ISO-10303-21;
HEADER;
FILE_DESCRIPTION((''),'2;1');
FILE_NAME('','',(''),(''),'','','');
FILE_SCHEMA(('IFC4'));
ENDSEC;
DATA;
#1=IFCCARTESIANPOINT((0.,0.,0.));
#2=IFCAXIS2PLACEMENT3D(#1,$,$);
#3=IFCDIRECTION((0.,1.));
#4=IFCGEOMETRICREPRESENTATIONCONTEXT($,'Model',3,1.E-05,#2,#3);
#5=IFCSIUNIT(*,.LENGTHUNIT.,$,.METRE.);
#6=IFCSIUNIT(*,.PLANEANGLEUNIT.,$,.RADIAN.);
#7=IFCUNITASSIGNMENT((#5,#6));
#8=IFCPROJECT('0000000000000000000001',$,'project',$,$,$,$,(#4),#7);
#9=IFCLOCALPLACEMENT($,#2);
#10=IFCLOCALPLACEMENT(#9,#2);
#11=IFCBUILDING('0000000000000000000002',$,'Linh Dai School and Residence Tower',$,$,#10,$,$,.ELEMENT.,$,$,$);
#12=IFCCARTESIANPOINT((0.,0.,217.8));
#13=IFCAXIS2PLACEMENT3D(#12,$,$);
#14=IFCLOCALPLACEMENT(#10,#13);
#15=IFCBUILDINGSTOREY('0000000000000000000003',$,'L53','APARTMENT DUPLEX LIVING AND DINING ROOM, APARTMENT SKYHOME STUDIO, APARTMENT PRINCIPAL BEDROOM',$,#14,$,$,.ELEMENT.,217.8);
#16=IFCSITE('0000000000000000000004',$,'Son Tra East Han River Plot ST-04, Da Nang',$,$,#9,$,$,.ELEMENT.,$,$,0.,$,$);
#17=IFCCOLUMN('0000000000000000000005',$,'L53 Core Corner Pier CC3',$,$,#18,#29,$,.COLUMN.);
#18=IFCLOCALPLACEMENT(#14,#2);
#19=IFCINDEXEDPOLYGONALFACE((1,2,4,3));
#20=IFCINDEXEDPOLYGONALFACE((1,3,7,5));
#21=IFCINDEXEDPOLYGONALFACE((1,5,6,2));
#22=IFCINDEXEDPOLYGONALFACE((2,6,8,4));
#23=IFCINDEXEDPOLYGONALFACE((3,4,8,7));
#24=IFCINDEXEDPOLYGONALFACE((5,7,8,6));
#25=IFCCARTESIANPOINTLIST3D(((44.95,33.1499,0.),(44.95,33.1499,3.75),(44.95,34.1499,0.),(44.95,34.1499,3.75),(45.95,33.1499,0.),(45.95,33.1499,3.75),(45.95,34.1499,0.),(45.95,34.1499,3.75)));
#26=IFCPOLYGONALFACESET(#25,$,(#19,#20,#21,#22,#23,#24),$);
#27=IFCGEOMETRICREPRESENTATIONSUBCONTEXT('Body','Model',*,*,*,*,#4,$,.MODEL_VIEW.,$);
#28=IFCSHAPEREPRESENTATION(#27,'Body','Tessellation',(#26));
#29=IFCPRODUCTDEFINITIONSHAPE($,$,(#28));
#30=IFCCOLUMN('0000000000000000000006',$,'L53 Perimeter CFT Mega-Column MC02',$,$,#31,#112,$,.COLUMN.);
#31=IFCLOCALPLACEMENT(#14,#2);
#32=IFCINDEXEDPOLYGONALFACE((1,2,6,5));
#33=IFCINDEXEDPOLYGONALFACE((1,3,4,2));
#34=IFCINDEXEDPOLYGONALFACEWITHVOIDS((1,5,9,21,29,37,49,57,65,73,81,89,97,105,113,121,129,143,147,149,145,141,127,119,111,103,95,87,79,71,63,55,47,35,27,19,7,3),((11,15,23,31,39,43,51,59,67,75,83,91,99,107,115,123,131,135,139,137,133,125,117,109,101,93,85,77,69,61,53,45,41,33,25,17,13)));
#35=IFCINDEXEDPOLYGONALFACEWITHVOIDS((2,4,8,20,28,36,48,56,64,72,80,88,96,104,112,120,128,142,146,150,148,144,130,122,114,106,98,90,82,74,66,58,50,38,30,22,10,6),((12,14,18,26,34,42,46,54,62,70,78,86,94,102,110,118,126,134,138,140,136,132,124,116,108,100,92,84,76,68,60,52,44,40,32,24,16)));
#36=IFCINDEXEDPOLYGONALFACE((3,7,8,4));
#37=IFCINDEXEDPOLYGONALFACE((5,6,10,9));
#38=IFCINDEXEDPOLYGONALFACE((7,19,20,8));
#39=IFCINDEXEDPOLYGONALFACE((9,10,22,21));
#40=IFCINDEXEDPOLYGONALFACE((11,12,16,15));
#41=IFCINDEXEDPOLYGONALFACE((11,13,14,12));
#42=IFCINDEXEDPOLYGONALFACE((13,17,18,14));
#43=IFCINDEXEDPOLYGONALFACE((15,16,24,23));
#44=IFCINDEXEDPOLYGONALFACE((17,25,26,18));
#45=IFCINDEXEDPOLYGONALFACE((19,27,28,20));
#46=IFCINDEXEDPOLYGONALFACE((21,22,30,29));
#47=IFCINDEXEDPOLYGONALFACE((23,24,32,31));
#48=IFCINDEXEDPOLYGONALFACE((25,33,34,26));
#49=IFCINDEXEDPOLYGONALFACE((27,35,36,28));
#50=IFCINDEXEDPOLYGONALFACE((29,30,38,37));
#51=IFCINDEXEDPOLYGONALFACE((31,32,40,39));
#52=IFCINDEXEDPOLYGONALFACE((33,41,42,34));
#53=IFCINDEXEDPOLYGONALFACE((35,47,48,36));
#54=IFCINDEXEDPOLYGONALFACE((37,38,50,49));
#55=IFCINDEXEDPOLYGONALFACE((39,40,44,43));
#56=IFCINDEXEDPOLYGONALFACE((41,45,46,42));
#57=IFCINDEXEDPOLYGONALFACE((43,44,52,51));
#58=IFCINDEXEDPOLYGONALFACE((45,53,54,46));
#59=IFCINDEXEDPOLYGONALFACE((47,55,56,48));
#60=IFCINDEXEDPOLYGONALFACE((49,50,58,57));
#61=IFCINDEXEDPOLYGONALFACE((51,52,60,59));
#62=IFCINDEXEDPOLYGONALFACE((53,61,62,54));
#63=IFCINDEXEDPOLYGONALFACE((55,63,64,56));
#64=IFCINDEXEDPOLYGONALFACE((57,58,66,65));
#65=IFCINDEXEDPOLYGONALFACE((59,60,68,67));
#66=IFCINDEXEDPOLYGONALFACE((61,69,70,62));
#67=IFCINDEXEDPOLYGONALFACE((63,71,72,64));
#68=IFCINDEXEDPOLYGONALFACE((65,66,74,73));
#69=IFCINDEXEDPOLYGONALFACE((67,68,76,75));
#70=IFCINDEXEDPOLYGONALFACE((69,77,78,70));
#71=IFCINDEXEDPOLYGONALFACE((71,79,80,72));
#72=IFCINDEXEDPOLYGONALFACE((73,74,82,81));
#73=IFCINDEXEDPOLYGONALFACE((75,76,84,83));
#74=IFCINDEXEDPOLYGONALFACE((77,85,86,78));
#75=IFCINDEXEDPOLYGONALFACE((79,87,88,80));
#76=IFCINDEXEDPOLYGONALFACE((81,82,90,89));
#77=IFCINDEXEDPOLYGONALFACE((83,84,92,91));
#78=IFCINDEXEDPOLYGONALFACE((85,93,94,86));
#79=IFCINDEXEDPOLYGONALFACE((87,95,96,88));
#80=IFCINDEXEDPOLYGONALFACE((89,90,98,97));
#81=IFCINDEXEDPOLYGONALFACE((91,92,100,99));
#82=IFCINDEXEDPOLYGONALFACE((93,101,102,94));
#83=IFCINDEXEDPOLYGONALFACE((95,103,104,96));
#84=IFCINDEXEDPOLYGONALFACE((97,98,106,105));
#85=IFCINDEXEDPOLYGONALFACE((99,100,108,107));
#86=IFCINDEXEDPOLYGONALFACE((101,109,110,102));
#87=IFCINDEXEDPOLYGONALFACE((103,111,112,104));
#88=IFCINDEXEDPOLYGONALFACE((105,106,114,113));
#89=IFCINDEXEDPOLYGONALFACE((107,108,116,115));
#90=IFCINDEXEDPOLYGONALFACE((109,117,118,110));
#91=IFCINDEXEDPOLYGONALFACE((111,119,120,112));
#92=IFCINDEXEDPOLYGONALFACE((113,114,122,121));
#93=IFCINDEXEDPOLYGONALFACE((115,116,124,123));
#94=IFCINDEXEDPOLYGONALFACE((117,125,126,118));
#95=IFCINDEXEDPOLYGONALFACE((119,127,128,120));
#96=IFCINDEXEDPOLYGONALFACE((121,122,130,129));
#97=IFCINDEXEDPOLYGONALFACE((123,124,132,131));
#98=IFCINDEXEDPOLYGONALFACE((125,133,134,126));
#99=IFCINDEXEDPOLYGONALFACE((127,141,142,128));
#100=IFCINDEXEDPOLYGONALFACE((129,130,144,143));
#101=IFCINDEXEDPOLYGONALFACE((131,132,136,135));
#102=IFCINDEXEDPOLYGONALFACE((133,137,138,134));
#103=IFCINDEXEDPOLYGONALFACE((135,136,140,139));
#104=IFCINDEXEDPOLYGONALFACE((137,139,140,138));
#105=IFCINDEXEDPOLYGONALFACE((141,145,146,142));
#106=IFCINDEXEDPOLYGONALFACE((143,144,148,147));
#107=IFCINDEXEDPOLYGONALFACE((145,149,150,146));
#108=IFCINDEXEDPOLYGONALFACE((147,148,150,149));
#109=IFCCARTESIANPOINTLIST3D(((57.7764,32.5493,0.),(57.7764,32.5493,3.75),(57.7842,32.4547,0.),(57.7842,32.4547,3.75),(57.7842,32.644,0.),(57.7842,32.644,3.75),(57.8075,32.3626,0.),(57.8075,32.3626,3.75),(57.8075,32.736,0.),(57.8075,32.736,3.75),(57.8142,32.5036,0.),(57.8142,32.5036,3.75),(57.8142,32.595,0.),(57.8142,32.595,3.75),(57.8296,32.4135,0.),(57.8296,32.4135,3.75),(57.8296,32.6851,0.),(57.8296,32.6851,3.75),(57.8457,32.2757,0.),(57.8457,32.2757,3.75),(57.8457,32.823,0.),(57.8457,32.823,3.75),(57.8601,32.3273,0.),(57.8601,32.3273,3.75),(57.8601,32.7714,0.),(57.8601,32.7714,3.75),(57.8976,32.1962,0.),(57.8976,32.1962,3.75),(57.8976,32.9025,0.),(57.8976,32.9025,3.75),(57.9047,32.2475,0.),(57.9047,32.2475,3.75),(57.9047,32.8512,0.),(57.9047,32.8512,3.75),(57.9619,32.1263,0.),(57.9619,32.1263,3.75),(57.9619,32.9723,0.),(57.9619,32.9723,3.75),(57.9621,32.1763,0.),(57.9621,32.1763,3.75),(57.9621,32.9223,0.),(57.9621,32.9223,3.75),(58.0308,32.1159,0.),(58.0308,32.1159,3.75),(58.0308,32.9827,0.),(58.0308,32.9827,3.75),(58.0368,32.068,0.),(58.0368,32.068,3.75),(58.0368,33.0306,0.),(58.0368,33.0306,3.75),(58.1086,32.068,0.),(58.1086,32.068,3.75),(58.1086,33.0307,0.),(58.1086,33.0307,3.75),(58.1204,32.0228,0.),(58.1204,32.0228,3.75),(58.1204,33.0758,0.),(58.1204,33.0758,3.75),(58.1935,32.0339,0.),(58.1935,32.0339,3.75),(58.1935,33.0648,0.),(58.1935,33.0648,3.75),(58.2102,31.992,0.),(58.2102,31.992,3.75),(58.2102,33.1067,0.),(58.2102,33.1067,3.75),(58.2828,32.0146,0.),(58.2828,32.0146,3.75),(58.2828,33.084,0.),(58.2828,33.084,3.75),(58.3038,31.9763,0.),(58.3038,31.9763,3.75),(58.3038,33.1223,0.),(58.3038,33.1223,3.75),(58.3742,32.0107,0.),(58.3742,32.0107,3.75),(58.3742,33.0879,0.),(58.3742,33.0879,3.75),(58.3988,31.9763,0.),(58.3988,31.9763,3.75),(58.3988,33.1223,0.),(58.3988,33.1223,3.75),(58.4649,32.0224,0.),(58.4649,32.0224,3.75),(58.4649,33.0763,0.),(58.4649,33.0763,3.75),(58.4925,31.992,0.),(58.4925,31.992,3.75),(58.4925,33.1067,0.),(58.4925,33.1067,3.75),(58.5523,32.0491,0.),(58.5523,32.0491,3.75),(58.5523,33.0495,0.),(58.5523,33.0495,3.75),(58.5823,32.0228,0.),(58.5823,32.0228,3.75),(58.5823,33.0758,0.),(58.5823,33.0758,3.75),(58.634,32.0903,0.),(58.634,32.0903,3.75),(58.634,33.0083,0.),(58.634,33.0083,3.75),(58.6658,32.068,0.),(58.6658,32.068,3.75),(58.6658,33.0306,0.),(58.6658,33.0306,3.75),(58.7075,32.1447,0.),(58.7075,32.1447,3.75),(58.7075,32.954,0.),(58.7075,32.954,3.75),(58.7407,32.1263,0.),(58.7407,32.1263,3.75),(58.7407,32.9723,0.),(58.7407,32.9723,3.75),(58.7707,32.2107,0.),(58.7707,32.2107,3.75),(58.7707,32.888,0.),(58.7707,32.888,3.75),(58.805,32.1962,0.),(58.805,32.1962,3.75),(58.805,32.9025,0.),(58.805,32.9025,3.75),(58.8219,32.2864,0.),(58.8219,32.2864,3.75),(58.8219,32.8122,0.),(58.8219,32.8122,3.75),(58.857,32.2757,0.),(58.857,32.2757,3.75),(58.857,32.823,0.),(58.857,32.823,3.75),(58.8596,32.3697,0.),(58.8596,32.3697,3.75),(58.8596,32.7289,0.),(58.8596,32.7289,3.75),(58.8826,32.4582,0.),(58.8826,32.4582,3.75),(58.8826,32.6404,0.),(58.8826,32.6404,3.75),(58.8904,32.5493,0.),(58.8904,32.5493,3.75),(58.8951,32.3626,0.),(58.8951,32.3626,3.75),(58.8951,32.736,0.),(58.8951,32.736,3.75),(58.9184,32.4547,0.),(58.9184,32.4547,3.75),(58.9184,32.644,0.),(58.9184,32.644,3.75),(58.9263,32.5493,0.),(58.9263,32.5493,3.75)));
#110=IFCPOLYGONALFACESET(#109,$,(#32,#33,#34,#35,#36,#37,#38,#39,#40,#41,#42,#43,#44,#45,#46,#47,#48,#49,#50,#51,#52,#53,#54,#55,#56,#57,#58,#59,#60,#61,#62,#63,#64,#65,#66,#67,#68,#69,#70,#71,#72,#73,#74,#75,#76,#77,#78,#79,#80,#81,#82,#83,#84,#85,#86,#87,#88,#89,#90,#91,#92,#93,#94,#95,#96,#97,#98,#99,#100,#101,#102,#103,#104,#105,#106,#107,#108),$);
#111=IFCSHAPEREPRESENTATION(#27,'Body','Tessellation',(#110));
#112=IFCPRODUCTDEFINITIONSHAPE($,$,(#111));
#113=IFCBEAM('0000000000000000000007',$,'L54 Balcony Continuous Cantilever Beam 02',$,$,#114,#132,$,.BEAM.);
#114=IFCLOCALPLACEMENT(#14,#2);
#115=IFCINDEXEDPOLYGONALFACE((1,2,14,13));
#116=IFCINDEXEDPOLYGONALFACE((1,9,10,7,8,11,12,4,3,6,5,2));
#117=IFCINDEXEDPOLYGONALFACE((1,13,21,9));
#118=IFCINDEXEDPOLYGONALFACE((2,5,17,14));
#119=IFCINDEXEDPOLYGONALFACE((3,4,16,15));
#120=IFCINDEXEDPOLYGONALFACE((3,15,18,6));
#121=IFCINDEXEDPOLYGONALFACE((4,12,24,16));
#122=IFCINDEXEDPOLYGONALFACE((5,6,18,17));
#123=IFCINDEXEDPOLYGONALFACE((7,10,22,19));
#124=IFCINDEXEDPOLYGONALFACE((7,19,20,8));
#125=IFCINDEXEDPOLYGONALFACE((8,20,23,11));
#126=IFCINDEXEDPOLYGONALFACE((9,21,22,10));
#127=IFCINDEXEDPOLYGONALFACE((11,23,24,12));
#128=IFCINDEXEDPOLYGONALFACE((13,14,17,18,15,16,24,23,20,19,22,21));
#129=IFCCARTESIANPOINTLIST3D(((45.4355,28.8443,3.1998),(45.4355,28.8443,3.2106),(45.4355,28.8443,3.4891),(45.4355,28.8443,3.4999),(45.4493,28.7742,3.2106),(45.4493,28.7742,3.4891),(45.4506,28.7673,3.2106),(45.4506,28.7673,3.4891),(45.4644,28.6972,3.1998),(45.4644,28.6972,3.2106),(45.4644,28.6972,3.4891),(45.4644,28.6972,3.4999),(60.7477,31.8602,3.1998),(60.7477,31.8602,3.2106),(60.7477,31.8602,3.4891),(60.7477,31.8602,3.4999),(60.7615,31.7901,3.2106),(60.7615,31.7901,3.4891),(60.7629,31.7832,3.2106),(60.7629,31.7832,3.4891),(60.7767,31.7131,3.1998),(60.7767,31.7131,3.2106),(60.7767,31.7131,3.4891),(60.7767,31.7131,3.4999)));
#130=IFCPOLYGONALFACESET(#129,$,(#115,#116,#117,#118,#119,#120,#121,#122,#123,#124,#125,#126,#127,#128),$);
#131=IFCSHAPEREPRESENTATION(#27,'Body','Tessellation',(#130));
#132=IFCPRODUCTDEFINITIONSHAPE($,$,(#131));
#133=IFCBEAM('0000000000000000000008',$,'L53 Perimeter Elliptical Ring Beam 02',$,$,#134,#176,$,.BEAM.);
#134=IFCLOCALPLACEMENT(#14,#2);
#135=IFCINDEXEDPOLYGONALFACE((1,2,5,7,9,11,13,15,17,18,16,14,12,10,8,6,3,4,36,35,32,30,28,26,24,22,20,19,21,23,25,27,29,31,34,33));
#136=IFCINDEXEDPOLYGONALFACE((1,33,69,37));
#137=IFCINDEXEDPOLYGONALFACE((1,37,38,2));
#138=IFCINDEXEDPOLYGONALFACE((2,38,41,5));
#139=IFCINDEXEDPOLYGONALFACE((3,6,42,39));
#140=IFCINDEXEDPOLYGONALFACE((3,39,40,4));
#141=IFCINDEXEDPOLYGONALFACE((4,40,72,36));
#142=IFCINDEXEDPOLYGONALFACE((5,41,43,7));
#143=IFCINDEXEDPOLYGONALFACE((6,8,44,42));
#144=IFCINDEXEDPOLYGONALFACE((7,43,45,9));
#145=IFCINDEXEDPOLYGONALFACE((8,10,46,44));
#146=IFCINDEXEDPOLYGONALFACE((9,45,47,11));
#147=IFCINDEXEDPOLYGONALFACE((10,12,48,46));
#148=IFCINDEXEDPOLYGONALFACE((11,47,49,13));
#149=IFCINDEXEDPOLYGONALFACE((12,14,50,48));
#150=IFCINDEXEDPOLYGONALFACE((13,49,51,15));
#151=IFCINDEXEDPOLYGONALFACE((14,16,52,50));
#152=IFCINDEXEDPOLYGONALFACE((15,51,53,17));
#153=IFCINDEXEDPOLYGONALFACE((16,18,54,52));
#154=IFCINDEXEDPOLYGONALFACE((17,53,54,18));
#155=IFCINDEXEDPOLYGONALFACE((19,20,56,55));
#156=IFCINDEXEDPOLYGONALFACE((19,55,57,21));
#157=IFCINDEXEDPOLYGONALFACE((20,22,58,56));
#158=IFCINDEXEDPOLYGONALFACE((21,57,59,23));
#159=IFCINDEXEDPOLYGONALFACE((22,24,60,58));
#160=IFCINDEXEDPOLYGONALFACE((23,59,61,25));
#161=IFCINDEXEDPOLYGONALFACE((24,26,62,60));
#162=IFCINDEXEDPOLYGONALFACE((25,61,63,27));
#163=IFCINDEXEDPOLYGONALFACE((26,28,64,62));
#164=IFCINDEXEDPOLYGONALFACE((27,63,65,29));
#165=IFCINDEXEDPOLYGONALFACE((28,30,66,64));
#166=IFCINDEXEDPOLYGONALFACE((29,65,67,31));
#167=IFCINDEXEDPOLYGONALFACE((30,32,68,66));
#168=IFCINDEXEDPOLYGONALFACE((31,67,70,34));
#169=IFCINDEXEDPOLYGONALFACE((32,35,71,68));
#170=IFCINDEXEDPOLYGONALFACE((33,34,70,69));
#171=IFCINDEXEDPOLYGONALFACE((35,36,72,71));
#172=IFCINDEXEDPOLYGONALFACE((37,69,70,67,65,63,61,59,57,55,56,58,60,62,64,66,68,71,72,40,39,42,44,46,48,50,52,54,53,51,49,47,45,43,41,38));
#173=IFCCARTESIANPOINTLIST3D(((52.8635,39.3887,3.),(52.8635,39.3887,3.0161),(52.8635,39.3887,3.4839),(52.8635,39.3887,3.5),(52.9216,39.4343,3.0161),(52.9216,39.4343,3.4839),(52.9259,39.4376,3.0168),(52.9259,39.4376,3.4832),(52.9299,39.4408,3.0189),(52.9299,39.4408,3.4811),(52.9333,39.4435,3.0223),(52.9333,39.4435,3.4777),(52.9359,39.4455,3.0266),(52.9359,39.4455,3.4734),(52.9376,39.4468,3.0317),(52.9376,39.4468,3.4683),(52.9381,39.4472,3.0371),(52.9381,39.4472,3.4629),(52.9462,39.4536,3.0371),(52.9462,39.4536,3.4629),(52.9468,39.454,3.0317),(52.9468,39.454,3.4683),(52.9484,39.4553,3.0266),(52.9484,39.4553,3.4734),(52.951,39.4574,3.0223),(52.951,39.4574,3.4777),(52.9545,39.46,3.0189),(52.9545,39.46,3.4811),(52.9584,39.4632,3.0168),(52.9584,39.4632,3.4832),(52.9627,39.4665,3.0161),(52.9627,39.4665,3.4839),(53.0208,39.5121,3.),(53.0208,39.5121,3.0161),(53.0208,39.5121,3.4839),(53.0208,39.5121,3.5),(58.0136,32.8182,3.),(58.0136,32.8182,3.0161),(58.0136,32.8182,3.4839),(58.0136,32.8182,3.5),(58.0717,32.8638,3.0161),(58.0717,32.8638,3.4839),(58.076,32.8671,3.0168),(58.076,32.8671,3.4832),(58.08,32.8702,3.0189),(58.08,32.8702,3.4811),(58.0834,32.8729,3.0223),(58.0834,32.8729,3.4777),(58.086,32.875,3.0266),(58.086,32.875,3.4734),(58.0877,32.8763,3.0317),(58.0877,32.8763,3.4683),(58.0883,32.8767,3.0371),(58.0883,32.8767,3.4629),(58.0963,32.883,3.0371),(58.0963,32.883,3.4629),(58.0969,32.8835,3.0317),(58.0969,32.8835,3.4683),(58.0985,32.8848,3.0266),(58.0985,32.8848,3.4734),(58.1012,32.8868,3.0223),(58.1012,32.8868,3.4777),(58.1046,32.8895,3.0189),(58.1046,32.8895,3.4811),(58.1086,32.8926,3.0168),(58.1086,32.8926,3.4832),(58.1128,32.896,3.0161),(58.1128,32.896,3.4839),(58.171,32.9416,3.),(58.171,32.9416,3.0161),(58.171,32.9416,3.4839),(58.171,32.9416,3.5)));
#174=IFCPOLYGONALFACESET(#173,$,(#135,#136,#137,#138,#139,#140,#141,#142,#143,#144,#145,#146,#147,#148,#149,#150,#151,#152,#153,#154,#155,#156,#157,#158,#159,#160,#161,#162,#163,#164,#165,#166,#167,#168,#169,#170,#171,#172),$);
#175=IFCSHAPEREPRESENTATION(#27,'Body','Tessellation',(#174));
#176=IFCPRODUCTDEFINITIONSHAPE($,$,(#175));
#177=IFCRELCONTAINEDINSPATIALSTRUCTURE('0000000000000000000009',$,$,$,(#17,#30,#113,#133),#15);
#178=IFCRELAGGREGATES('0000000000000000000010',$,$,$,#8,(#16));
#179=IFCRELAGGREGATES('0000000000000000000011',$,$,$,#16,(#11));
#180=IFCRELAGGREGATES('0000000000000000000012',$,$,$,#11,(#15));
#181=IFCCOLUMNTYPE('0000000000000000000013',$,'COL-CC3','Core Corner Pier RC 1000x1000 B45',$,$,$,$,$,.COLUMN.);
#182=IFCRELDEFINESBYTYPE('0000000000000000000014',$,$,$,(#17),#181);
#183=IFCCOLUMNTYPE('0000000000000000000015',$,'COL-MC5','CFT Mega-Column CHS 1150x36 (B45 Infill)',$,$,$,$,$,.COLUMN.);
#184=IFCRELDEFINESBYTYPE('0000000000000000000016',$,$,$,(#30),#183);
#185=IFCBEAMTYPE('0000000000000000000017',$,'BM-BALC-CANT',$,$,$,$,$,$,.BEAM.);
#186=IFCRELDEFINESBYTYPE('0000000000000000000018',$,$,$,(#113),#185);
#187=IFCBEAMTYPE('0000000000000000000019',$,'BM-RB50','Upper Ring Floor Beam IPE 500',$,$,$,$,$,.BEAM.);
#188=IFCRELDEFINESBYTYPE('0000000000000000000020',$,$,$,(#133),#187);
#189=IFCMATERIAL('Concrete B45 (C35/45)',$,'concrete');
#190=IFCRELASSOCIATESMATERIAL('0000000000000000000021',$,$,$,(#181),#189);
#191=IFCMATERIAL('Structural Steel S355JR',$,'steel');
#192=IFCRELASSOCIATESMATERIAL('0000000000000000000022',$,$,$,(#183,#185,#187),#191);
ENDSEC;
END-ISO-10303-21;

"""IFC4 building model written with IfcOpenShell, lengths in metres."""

from ifc_helpers import new_model, si_unit, direction, frame, origin, origin_2d, place, context, subcontext, project, spatial, rectangle, hollow_circle, i_section, extrude, material, material_profile, profile_set, type_object, element, save


model = new_model("IFC4")

# Units and contexts
model_context = context("Model", 3, precision=1e-05, world=origin(), true_north=direction((0.0, 1.0)))
body_context = subcontext(model_context, "Body", "Model", "MODEL_VIEW")
ifc_project = project(units=[si_unit("LENGTHUNIT", "METRE"), si_unit("PLANEANGLEUNIT", "RADIAN")], contexts=[model_context])

# Site, building, storey
site_placement = place(None, origin())
site = spatial("IfcSite", under=ifc_project, at=site_placement, Name="Son Tra East Han River Plot ST-04, Da Nang", CompositionType="ELEMENT", RefElevation=0.0)
building_placement = place(site_placement, origin())
building = spatial("IfcBuilding", under=site, at=building_placement, Name="Linh Dai School and Residence Tower", CompositionType="ELEMENT")
storey_placement = place(building_placement, frame((0.0, 0.0, 217.8)))
storey = spatial("IfcBuildingStorey", under=building, at=storey_placement, Name="L53", Description="APARTMENT DUPLEX LIVING AND DINING ROOM, APARTMENT SKYHOME STUDIO, APARTMENT PRINCIPAL BEDROOM", CompositionType="ELEMENT", Elevation=217.8)

# Columns
ifc_material_1 = material(Name="Concrete B45 (C35/45)", Category="concrete")
ifc_material_profile_1 = material_profile(ifc_material_1, rectangle(XDim=1.0, YDim=1.0, at=origin_2d()), Name="RC 1000x1000")
ifc_profile_set_1 = profile_set([ifc_material_profile_1], Name="Concrete B45 (C35/45)")
column_type_1 = type_object("IfcColumnType", Name="COL-CC3", Description="Core Corner Pier RC 1000x1000 B45", PredefinedType="COLUMN", material=ifc_profile_set_1)
column_1_placement = place(storey_placement, frame((45.45, 33.6499, 0.0), z_axis=(0.0, 0.0, 1.0), x_axis=(1.0, 0.0, 0.0)))
element("IfcColumn", 1, at=column_1_placement, inside=storey, type_object=column_type_1, Name="L53 Core Corner Pier CC3", PredefinedType="COLUMN", context=body_context, shape_type="SweptSolid", body=[
    extrude(rectangle(XDim=1.0, YDim=1.0, at=origin_2d()), origin(), (0.0, 0.0, 1.0), 3.75),
])
ifc_material_2 = material(Name="Structural Steel S355JR", Category="steel")
ifc_material_profile_2 = material_profile(ifc_material_2, hollow_circle(Radius=0.575, WallThickness=0.0359, at=origin_2d()), Name="CHS 1150x36")
ifc_profile_set_2 = profile_set([ifc_material_profile_2], Name="Structural Steel S355JR")
column_type_2 = type_object("IfcColumnType", Name="COL-MC5", Description="CFT Mega-Column CHS 1150x36 (B45 Infill)", PredefinedType="COLUMN", material=ifc_profile_set_2)
column_2_placement = place(storey_placement, frame((58.3513, 32.5493, 0.0), z_axis=(0.0, 0.0, 1.0), x_axis=(1.0, 0.0, 0.0)))
element("IfcColumn", 2, at=column_2_placement, inside=storey, type_object=column_type_2, Name="L53 Perimeter CFT Mega-Column MC02", PredefinedType="COLUMN", context=body_context, shape_type="SweptSolid", body=[
    extrude(hollow_circle(Radius=0.575, WallThickness=0.0359, at=origin_2d()), origin(), (0.0, 0.0, 1.0), 3.75),
])

# Beams
ifc_material_profile_3 = material_profile(ifc_material_2, i_section(OverallWidth=0.1499, OverallDepth=0.3, WebThickness=0.0071, FlangeThickness=0.0107, at=origin_2d()), Name="IPE 300")
ifc_profile_set_3 = profile_set([ifc_material_profile_3], Name="Structural Steel S355JR")
beam_type_1 = type_object("IfcBeamType", Name="BM-BALC-CANT", PredefinedType="BEAM", material=ifc_profile_set_3)
beam_1_placement = place(storey_placement, frame((45.45, 28.7708, 3.3499), z_axis=(0.98115, 0.193245, 0.0), x_axis=(-0.193245, 0.98115, 0.0)))
element("IfcBeam", 3, at=beam_1_placement, inside=storey, type_object=beam_type_1, Name="L54 Balcony Continuous Cantilever Beam 02", PredefinedType="BEAM", context=body_context, shape_type="SweptSolid", body=[
    extrude(i_section(OverallWidth=0.1499, OverallDepth=0.3, WebThickness=0.0071, FlangeThickness=0.0107, at=origin_2d()), origin(), (0.0, 0.0, 1.0), 15.6064),
])
ifc_material_profile_4 = material_profile(ifc_material_2, i_section(OverallWidth=0.2, OverallDepth=0.5, WebThickness=0.0103, FlangeThickness=0.0161, FilletRadius=0.021, at=origin_2d()), Name="IPE 500")
ifc_profile_set_4 = profile_set([ifc_material_profile_4], Name="Structural Steel S355JR")
beam_type_2 = type_object("IfcBeamType", Name="BM-RB50", Description="Upper Ring Floor Beam IPE 500", PredefinedType="BEAM", material=ifc_profile_set_4)
beam_2_placement = place(storey_placement, frame((58.0923, 32.8799, 3.25), z_axis=(-0.6169, 0.787041, 0.0), x_axis=(-0.787041, -0.6169, 0.0)))
element("IfcBeam", 4, at=beam_2_placement, inside=storey, type_object=beam_type_2, Name="L53 Perimeter Elliptical Ring Beam 02", PredefinedType="BEAM", context=body_context, shape_type="SweptSolid", body=[
    extrude(i_section(OverallWidth=0.2, OverallDepth=0.5, WebThickness=0.0103, FlangeThickness=0.0161, FilletRadius=0.021, at=origin_2d()), origin(), (0.0, 0.0, 1.0), 8.3484),
])

save(model, "model.ifc")
